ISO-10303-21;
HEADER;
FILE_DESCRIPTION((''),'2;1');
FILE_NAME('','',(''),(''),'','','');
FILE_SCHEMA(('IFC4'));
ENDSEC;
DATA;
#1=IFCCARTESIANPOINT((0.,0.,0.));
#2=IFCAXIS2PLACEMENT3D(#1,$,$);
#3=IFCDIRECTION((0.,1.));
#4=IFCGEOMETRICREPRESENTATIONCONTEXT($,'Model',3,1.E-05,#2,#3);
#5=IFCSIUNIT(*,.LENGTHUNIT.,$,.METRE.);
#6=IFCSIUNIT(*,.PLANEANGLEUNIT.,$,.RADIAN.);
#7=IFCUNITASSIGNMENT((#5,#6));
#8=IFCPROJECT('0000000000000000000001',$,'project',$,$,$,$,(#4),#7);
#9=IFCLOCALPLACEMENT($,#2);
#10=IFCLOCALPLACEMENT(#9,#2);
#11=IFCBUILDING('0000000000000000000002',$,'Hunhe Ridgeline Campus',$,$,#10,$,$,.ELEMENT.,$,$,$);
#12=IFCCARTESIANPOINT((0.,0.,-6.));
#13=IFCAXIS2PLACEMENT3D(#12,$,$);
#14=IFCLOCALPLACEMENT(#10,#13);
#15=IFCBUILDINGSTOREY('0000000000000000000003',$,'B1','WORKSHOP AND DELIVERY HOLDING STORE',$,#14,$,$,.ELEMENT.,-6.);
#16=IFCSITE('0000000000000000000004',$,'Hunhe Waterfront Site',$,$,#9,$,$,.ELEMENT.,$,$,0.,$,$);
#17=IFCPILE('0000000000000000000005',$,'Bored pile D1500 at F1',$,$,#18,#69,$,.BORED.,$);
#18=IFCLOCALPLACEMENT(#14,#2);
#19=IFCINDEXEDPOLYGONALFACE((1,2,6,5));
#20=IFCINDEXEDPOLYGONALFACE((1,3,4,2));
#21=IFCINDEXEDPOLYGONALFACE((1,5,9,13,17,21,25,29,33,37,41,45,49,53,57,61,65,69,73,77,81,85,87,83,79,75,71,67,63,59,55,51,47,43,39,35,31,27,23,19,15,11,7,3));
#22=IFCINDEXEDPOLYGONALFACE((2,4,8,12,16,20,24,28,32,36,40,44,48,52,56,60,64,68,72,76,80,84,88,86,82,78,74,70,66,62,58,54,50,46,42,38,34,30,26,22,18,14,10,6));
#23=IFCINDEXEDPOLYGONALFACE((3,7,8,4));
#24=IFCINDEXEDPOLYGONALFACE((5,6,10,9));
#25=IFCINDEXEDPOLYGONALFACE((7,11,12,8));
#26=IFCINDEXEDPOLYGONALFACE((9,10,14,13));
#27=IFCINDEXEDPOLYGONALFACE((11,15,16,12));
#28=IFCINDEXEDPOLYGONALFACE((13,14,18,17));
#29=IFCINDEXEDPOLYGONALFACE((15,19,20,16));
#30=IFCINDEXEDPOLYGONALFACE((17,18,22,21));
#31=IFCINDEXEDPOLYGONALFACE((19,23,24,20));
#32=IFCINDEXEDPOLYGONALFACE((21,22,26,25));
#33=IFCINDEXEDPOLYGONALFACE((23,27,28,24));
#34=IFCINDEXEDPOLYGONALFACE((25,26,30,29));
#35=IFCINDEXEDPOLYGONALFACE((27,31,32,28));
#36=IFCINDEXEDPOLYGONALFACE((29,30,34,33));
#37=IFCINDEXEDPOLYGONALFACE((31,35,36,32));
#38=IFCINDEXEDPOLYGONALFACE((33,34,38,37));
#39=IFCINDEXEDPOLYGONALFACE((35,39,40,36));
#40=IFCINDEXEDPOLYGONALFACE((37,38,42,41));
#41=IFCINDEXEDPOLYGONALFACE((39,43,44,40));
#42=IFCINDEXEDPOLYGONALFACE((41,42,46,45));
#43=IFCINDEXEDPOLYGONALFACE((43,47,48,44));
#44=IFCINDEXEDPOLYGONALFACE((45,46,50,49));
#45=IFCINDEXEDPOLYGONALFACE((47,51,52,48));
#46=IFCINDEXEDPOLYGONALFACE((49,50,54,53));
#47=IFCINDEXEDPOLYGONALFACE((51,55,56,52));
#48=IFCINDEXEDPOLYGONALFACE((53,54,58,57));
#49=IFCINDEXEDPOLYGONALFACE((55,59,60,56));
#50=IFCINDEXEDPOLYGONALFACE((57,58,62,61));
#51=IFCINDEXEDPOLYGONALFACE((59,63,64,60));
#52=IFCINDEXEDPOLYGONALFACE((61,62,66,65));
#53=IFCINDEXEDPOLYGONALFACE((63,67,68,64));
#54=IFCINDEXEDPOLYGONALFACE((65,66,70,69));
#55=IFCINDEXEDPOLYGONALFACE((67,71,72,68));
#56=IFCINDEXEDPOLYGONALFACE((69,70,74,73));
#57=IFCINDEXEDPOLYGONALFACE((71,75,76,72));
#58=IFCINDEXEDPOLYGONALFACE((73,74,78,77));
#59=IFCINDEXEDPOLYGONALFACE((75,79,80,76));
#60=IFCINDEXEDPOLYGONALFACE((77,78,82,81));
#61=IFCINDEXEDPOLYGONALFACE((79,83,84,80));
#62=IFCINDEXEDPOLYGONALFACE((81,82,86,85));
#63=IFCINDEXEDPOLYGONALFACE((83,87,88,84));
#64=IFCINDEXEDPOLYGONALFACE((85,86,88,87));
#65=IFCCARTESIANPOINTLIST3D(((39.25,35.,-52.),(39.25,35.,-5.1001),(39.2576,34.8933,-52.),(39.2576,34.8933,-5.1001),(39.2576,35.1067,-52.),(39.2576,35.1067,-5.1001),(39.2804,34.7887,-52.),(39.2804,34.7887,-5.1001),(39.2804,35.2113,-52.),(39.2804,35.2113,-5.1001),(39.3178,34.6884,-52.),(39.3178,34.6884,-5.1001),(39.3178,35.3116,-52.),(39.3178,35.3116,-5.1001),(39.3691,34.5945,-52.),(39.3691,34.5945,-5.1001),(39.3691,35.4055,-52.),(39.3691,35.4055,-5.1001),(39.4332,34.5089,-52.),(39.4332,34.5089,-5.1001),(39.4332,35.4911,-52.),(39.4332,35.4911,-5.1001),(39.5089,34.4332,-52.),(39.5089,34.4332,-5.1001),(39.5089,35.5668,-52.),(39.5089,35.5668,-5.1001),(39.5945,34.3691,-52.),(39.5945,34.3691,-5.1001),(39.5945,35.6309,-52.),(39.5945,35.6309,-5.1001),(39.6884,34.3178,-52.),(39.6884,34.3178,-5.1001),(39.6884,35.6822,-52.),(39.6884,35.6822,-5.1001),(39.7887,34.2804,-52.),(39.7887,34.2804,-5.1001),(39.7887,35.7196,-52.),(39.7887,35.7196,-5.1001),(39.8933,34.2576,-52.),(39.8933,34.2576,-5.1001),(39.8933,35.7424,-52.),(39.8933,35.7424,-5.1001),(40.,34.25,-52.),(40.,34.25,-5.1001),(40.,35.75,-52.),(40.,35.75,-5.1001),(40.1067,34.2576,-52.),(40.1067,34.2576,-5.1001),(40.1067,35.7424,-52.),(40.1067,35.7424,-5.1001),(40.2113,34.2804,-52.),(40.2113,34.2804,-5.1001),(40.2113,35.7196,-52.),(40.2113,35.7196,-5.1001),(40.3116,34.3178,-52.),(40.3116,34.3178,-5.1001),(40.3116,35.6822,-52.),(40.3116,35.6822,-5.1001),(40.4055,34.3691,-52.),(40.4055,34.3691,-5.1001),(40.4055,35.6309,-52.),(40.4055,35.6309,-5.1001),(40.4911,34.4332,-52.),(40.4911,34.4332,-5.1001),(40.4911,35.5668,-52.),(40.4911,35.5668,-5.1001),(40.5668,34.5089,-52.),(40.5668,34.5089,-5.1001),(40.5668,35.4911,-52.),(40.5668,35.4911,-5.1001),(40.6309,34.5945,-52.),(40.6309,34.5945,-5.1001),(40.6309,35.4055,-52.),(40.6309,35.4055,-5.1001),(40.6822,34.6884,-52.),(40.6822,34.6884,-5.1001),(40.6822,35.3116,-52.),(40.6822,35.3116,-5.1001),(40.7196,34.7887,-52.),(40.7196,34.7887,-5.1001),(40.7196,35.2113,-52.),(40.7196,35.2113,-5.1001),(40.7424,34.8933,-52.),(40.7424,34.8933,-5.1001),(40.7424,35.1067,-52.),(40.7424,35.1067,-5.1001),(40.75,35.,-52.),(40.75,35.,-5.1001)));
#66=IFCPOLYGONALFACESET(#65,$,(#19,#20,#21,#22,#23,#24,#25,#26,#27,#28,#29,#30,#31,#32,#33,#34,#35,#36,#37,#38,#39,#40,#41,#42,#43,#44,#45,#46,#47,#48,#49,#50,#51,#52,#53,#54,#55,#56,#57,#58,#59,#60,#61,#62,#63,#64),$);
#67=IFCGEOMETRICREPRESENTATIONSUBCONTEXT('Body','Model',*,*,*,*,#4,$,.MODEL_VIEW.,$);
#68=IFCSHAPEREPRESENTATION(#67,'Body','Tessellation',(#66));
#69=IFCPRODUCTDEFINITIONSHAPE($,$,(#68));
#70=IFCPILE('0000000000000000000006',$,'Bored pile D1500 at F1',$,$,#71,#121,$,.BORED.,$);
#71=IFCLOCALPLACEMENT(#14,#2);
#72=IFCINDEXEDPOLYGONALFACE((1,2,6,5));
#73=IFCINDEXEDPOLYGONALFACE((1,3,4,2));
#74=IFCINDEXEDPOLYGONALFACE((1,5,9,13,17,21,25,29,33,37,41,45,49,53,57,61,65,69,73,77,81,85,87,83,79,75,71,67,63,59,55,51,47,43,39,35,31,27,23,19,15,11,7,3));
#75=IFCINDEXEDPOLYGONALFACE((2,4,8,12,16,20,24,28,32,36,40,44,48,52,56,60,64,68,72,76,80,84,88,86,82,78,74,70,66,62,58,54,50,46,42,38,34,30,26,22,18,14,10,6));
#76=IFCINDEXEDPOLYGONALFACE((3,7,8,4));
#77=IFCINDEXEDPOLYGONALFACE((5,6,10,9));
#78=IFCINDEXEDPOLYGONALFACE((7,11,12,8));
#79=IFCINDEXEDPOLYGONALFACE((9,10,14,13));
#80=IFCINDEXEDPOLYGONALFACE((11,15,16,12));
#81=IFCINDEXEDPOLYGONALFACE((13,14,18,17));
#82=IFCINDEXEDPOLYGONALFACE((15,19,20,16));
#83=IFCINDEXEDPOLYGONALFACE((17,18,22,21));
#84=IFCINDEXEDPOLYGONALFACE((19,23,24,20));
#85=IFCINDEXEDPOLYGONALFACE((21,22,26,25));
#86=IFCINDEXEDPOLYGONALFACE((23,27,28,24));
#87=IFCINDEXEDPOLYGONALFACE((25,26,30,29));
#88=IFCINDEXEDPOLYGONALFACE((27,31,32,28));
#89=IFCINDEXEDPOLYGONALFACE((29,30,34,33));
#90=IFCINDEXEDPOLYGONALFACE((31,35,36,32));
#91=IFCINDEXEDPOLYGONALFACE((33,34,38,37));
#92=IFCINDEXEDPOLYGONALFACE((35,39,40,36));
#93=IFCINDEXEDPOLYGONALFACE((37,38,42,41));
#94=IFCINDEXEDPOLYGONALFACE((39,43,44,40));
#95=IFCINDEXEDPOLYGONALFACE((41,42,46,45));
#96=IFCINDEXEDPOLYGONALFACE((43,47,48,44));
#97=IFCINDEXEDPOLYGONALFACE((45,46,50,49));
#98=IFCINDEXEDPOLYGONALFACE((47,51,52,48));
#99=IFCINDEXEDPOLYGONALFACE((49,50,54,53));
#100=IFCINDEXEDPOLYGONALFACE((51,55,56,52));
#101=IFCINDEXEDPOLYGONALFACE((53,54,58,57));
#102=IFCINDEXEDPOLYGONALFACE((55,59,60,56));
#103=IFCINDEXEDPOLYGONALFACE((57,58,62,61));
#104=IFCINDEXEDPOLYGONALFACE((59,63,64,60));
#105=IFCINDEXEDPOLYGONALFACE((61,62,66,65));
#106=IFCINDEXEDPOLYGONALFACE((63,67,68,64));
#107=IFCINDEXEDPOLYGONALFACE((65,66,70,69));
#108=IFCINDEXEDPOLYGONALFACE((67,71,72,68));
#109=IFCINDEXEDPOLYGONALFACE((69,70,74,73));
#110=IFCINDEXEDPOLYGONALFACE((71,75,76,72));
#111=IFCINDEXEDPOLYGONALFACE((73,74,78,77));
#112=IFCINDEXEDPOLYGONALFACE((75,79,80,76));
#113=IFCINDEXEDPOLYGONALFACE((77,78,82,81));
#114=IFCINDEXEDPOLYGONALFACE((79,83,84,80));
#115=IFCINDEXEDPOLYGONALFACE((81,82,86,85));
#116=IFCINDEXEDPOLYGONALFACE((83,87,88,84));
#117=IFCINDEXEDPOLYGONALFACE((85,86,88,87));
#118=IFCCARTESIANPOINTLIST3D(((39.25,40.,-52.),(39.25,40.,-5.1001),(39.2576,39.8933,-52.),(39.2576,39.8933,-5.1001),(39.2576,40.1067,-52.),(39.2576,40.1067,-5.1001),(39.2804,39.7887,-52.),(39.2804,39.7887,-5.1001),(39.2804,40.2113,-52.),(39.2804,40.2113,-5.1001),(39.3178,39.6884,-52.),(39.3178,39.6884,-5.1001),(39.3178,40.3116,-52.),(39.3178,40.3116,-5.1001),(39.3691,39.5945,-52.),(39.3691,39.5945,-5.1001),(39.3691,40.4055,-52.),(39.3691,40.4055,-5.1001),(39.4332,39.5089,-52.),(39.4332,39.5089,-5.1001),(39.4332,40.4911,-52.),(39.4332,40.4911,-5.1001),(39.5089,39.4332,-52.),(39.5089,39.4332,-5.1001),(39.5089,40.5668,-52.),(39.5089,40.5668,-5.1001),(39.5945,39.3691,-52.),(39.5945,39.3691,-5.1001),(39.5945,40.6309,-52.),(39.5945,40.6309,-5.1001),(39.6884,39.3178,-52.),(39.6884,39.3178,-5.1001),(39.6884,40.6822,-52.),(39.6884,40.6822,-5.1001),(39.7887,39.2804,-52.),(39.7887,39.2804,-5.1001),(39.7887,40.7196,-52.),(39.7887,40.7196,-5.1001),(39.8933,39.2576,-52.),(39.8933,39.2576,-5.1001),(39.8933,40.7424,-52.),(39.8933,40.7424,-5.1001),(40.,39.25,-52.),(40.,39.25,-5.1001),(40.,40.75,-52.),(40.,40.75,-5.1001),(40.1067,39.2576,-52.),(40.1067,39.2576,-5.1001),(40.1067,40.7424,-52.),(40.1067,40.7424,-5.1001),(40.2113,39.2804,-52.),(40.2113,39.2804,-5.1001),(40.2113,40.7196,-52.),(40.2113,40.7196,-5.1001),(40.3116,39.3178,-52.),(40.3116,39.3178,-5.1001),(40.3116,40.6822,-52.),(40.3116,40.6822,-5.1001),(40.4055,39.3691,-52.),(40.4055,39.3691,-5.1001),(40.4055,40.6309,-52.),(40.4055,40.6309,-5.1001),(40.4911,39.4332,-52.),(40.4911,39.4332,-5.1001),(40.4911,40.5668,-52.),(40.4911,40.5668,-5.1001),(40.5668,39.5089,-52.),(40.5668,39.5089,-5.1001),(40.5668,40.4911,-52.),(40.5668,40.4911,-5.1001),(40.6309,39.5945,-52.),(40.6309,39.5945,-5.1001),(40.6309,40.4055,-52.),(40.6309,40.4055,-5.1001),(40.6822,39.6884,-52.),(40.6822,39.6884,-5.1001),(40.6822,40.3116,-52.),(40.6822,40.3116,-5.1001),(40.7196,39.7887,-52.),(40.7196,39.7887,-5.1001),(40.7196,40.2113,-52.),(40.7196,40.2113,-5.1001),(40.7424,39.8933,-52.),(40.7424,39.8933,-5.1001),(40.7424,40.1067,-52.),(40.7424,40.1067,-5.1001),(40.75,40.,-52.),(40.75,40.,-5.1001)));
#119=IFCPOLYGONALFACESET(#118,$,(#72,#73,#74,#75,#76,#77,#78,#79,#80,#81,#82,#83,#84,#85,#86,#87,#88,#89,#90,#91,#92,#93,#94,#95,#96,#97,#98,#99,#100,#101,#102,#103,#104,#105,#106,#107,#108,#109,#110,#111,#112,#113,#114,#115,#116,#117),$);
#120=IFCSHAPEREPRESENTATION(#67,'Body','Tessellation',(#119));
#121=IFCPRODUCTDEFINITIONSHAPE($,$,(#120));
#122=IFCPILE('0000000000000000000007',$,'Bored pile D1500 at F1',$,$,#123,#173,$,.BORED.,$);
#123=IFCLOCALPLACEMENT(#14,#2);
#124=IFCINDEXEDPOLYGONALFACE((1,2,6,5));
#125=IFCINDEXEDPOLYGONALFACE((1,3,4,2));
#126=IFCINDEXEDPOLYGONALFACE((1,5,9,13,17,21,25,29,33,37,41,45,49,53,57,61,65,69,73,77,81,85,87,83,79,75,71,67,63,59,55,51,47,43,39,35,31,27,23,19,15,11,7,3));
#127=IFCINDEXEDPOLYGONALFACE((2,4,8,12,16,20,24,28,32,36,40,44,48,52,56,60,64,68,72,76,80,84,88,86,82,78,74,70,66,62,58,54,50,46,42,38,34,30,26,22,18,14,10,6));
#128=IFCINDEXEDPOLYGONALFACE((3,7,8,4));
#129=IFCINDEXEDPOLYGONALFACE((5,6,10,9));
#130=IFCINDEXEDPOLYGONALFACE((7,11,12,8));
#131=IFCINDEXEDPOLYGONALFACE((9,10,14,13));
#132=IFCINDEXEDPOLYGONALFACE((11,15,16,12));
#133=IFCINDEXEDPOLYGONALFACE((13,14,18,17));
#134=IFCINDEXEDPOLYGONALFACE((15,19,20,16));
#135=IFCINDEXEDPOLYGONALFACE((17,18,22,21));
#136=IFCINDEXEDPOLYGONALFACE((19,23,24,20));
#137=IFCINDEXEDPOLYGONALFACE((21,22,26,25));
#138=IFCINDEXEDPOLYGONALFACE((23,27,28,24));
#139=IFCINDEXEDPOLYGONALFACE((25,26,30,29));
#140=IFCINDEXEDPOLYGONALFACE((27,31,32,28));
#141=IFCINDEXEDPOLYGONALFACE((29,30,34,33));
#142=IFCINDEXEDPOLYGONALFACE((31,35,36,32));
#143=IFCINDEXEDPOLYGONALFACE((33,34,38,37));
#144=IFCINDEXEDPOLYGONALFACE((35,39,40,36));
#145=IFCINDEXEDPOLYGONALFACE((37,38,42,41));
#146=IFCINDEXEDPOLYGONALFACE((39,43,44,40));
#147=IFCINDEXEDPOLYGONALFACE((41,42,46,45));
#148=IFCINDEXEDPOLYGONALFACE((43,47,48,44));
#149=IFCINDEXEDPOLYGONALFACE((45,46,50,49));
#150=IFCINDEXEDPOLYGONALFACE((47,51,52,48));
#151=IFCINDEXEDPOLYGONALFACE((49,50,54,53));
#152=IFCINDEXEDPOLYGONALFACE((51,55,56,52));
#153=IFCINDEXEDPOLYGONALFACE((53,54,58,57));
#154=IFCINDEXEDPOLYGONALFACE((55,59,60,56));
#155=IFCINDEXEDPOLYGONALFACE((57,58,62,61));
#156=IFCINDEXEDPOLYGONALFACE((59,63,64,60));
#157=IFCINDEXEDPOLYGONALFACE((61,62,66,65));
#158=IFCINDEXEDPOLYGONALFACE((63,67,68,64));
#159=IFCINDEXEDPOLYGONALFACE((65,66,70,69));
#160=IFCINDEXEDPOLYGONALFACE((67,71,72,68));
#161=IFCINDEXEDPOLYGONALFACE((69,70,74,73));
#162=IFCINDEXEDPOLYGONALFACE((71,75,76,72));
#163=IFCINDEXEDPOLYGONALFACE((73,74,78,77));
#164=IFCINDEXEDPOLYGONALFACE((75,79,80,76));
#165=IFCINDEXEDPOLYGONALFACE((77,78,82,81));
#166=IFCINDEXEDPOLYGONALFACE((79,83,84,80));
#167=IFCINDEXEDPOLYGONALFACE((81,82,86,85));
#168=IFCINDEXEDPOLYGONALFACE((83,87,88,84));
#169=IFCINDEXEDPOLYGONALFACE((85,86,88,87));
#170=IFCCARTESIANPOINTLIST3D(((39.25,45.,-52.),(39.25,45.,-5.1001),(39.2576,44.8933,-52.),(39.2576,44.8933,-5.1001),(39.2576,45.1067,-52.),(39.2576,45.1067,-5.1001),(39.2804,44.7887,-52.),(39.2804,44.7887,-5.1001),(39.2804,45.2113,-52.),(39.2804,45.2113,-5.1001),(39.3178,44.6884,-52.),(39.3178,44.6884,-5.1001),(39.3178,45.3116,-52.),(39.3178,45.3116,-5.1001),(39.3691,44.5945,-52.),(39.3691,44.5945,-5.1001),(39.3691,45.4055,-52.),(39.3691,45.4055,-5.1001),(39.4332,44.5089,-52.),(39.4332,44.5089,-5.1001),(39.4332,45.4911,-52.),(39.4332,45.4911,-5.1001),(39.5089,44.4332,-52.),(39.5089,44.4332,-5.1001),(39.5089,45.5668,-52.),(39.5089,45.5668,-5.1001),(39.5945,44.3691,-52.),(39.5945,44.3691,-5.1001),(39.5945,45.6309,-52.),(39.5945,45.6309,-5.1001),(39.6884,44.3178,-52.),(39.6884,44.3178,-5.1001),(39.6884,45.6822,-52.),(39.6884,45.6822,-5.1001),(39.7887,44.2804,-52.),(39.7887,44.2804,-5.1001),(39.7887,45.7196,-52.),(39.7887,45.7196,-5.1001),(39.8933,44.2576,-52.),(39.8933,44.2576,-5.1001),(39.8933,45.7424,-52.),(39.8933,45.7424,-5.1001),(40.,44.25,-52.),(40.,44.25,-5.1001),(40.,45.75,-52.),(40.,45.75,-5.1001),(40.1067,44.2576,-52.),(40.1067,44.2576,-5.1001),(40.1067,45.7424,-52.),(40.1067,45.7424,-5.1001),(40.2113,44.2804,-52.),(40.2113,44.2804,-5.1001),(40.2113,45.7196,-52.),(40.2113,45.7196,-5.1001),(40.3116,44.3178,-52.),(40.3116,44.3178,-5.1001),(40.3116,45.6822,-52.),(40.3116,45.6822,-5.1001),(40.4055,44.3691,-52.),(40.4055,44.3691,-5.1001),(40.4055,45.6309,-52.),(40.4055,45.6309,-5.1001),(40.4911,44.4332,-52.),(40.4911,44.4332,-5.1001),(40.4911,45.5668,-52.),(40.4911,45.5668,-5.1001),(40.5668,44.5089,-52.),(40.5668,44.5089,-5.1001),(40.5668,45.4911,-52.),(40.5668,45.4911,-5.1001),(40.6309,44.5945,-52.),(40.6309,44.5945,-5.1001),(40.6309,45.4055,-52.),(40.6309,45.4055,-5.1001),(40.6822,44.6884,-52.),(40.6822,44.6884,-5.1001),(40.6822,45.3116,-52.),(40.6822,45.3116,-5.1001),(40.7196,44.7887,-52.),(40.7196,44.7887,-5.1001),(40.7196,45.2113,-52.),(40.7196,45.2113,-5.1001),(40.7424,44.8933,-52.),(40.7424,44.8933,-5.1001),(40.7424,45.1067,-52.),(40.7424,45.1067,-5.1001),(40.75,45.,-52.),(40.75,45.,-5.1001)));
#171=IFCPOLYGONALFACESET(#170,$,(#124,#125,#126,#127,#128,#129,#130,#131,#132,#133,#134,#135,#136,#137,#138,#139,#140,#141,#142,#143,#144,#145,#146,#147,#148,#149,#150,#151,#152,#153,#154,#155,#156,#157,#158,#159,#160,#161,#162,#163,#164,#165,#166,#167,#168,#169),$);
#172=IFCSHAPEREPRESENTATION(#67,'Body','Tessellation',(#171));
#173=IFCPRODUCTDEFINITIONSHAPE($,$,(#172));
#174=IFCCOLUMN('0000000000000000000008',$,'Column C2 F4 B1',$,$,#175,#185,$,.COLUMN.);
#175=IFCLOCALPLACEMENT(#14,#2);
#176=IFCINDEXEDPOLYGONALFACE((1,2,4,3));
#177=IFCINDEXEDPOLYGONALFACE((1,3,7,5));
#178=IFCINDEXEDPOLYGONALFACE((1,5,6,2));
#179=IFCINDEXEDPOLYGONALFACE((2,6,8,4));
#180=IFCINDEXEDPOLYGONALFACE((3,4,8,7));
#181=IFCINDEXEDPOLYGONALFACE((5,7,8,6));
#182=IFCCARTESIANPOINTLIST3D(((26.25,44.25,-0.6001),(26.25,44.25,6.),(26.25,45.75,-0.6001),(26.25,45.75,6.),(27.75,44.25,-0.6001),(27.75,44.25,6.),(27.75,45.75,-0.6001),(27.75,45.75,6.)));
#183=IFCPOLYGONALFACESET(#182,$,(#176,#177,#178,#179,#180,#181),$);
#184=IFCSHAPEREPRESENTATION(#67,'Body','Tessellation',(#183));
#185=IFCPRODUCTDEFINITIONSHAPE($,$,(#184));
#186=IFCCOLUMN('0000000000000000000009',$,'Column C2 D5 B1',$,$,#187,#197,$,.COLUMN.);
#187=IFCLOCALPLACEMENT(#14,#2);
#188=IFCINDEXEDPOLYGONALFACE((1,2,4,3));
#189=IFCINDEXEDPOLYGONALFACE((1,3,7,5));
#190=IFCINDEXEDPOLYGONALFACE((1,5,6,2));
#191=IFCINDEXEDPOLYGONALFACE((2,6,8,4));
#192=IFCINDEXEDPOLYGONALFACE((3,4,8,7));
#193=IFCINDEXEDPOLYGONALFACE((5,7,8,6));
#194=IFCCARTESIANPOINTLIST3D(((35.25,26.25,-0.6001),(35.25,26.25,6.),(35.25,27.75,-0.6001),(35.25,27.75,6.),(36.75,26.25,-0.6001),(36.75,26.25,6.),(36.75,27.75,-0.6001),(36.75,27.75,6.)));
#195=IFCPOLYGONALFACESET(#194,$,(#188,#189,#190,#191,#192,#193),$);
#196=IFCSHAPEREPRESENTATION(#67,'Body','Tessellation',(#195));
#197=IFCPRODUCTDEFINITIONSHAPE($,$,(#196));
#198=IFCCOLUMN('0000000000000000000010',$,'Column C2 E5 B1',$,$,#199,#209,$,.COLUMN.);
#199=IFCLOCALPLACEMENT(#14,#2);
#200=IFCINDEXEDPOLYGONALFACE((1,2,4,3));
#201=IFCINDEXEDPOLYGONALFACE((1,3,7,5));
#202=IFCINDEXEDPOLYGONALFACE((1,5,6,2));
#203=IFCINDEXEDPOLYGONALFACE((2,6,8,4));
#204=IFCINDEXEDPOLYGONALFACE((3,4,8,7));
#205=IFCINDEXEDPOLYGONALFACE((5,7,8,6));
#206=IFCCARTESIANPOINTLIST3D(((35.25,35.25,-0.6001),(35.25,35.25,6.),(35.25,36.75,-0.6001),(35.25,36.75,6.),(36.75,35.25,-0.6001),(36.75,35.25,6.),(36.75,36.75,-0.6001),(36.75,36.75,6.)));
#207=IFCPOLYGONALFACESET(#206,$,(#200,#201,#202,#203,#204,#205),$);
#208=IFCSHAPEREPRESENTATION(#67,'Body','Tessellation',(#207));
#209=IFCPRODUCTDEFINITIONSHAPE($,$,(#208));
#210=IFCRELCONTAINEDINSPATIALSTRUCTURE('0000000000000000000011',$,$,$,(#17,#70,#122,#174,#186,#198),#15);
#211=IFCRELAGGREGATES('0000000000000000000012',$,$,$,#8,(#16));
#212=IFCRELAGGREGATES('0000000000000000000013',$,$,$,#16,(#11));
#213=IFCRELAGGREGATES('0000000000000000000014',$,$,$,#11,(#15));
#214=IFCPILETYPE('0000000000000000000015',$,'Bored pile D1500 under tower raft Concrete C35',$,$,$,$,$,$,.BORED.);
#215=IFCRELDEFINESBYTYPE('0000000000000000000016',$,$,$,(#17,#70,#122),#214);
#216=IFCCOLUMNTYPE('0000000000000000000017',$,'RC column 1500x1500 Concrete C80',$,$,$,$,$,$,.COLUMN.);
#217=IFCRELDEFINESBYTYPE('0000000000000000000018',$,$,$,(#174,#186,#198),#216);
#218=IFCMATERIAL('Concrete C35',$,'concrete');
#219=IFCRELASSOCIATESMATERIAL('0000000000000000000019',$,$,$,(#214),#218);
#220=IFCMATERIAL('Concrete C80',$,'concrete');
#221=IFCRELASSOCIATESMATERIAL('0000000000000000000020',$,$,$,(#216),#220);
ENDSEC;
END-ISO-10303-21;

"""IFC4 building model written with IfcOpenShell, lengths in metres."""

from ifc_helpers import new_model, si_unit, direction, frame, origin, origin_2d, place, context, subcontext, project, spatial, rectangle, circle, extrude, material, material_profile, profile_set, type_object, element, save


model = new_model("IFC4")

# Units and contexts
model_context = context("Model", 3, precision=1e-05, world=origin(), true_north=direction((0.0, 1.0)))
body_context = subcontext(model_context, "Body", "Model", "MODEL_VIEW")
ifc_project = project(units=[si_unit("LENGTHUNIT", "METRE"), si_unit("PLANEANGLEUNIT", "RADIAN")], contexts=[model_context])

# Site, building, storey
site_placement = place(None, origin())
site = spatial("IfcSite", under=ifc_project, at=site_placement, Name="Hunhe Waterfront Site", CompositionType="ELEMENT", RefElevation=0.0)
building_placement = place(site_placement, origin())
building = spatial("IfcBuilding", under=site, at=building_placement, Name="Hunhe Ridgeline Campus", CompositionType="ELEMENT")
storey_placement = place(building_placement, frame((0.0, 0.0, -6.0)))
storey = spatial("IfcBuildingStorey", under=building, at=storey_placement, Name="B1", Description="WORKSHOP AND DELIVERY HOLDING STORE", CompositionType="ELEMENT", Elevation=-6.0)

# Piles
ifc_material_1 = material(Name="Concrete C35", Category="concrete")
ifc_material_profile_1 = material_profile(ifc_material_1, circle(Radius=0.75, at=origin_2d()))
ifc_profile_set_1 = profile_set([ifc_material_profile_1], Name="Concrete C35")
pile_type = type_object("IfcPileType", Name="Bored pile D1500 under tower raft Concrete C35", PredefinedType="BORED", material=ifc_profile_set_1)
for number, where, z_axis, x_axis, name in (
    (1, (40.0, 35.0, -5.1001), (0.0, 0.0, -1.0), (1.0, 0.0, 0.0), "Bored pile D1500 at F1"),
    (2, (40.0, 40.0, -5.1001), (0.0, 0.0, -1.0), (1.0, 0.0, 0.0), "Bored pile D1500 at F1"),
    (3, (40.0, 45.0, -5.1001), (0.0, 0.0, -1.0), (1.0, 0.0, 0.0), "Bored pile D1500 at F1"),
):
    element("IfcPile", number, at=place(storey_placement, frame(where, z_axis=z_axis, x_axis=x_axis)), inside=storey, type_object=pile_type, Name=name, PredefinedType="BORED", context=body_context, shape_type="SweptSolid", body=[
        extrude(circle(Radius=0.75, at=origin_2d()), origin(), (0.0, 0.0, 1.0), 46.8999),
    ])

# Columns
ifc_material_2 = material(Name="Concrete C80", Category="concrete")
ifc_material_profile_2 = material_profile(ifc_material_2, rectangle(XDim=1.5, YDim=1.5, at=origin_2d()))
ifc_profile_set_2 = profile_set([ifc_material_profile_2], Name="Concrete C80")
column_type = type_object("IfcColumnType", Name="RC column 1500x1500 Concrete C80", PredefinedType="COLUMN", material=ifc_profile_set_2)
for number, where, z_axis, x_axis, name in (
    (4, (27.0, 45.0, -0.6001), (0.0, 0.0, 1.0), (1.0, 0.0, 0.0), "Column C2 F4 B1"),
    (5, (36.0, 27.0, -0.6001), (0.0, 0.0, 1.0), (1.0, 0.0, 0.0), "Column C2 D5 B1"),
    (6, (36.0, 36.0, -0.6001), (0.0, 0.0, 1.0), (1.0, 0.0, 0.0), "Column C2 E5 B1"),
):
    element("IfcColumn", number, at=place(storey_placement, frame(where, z_axis=z_axis, x_axis=x_axis)), inside=storey, type_object=column_type, Name=name, PredefinedType="COLUMN", context=body_context, shape_type="SweptSolid", body=[
        extrude(rectangle(XDim=1.5, YDim=1.5, at=origin_2d()), origin(), (0.0, 0.0, 1.0), 6.6001),
    ])

save(model, "model.ifc")
